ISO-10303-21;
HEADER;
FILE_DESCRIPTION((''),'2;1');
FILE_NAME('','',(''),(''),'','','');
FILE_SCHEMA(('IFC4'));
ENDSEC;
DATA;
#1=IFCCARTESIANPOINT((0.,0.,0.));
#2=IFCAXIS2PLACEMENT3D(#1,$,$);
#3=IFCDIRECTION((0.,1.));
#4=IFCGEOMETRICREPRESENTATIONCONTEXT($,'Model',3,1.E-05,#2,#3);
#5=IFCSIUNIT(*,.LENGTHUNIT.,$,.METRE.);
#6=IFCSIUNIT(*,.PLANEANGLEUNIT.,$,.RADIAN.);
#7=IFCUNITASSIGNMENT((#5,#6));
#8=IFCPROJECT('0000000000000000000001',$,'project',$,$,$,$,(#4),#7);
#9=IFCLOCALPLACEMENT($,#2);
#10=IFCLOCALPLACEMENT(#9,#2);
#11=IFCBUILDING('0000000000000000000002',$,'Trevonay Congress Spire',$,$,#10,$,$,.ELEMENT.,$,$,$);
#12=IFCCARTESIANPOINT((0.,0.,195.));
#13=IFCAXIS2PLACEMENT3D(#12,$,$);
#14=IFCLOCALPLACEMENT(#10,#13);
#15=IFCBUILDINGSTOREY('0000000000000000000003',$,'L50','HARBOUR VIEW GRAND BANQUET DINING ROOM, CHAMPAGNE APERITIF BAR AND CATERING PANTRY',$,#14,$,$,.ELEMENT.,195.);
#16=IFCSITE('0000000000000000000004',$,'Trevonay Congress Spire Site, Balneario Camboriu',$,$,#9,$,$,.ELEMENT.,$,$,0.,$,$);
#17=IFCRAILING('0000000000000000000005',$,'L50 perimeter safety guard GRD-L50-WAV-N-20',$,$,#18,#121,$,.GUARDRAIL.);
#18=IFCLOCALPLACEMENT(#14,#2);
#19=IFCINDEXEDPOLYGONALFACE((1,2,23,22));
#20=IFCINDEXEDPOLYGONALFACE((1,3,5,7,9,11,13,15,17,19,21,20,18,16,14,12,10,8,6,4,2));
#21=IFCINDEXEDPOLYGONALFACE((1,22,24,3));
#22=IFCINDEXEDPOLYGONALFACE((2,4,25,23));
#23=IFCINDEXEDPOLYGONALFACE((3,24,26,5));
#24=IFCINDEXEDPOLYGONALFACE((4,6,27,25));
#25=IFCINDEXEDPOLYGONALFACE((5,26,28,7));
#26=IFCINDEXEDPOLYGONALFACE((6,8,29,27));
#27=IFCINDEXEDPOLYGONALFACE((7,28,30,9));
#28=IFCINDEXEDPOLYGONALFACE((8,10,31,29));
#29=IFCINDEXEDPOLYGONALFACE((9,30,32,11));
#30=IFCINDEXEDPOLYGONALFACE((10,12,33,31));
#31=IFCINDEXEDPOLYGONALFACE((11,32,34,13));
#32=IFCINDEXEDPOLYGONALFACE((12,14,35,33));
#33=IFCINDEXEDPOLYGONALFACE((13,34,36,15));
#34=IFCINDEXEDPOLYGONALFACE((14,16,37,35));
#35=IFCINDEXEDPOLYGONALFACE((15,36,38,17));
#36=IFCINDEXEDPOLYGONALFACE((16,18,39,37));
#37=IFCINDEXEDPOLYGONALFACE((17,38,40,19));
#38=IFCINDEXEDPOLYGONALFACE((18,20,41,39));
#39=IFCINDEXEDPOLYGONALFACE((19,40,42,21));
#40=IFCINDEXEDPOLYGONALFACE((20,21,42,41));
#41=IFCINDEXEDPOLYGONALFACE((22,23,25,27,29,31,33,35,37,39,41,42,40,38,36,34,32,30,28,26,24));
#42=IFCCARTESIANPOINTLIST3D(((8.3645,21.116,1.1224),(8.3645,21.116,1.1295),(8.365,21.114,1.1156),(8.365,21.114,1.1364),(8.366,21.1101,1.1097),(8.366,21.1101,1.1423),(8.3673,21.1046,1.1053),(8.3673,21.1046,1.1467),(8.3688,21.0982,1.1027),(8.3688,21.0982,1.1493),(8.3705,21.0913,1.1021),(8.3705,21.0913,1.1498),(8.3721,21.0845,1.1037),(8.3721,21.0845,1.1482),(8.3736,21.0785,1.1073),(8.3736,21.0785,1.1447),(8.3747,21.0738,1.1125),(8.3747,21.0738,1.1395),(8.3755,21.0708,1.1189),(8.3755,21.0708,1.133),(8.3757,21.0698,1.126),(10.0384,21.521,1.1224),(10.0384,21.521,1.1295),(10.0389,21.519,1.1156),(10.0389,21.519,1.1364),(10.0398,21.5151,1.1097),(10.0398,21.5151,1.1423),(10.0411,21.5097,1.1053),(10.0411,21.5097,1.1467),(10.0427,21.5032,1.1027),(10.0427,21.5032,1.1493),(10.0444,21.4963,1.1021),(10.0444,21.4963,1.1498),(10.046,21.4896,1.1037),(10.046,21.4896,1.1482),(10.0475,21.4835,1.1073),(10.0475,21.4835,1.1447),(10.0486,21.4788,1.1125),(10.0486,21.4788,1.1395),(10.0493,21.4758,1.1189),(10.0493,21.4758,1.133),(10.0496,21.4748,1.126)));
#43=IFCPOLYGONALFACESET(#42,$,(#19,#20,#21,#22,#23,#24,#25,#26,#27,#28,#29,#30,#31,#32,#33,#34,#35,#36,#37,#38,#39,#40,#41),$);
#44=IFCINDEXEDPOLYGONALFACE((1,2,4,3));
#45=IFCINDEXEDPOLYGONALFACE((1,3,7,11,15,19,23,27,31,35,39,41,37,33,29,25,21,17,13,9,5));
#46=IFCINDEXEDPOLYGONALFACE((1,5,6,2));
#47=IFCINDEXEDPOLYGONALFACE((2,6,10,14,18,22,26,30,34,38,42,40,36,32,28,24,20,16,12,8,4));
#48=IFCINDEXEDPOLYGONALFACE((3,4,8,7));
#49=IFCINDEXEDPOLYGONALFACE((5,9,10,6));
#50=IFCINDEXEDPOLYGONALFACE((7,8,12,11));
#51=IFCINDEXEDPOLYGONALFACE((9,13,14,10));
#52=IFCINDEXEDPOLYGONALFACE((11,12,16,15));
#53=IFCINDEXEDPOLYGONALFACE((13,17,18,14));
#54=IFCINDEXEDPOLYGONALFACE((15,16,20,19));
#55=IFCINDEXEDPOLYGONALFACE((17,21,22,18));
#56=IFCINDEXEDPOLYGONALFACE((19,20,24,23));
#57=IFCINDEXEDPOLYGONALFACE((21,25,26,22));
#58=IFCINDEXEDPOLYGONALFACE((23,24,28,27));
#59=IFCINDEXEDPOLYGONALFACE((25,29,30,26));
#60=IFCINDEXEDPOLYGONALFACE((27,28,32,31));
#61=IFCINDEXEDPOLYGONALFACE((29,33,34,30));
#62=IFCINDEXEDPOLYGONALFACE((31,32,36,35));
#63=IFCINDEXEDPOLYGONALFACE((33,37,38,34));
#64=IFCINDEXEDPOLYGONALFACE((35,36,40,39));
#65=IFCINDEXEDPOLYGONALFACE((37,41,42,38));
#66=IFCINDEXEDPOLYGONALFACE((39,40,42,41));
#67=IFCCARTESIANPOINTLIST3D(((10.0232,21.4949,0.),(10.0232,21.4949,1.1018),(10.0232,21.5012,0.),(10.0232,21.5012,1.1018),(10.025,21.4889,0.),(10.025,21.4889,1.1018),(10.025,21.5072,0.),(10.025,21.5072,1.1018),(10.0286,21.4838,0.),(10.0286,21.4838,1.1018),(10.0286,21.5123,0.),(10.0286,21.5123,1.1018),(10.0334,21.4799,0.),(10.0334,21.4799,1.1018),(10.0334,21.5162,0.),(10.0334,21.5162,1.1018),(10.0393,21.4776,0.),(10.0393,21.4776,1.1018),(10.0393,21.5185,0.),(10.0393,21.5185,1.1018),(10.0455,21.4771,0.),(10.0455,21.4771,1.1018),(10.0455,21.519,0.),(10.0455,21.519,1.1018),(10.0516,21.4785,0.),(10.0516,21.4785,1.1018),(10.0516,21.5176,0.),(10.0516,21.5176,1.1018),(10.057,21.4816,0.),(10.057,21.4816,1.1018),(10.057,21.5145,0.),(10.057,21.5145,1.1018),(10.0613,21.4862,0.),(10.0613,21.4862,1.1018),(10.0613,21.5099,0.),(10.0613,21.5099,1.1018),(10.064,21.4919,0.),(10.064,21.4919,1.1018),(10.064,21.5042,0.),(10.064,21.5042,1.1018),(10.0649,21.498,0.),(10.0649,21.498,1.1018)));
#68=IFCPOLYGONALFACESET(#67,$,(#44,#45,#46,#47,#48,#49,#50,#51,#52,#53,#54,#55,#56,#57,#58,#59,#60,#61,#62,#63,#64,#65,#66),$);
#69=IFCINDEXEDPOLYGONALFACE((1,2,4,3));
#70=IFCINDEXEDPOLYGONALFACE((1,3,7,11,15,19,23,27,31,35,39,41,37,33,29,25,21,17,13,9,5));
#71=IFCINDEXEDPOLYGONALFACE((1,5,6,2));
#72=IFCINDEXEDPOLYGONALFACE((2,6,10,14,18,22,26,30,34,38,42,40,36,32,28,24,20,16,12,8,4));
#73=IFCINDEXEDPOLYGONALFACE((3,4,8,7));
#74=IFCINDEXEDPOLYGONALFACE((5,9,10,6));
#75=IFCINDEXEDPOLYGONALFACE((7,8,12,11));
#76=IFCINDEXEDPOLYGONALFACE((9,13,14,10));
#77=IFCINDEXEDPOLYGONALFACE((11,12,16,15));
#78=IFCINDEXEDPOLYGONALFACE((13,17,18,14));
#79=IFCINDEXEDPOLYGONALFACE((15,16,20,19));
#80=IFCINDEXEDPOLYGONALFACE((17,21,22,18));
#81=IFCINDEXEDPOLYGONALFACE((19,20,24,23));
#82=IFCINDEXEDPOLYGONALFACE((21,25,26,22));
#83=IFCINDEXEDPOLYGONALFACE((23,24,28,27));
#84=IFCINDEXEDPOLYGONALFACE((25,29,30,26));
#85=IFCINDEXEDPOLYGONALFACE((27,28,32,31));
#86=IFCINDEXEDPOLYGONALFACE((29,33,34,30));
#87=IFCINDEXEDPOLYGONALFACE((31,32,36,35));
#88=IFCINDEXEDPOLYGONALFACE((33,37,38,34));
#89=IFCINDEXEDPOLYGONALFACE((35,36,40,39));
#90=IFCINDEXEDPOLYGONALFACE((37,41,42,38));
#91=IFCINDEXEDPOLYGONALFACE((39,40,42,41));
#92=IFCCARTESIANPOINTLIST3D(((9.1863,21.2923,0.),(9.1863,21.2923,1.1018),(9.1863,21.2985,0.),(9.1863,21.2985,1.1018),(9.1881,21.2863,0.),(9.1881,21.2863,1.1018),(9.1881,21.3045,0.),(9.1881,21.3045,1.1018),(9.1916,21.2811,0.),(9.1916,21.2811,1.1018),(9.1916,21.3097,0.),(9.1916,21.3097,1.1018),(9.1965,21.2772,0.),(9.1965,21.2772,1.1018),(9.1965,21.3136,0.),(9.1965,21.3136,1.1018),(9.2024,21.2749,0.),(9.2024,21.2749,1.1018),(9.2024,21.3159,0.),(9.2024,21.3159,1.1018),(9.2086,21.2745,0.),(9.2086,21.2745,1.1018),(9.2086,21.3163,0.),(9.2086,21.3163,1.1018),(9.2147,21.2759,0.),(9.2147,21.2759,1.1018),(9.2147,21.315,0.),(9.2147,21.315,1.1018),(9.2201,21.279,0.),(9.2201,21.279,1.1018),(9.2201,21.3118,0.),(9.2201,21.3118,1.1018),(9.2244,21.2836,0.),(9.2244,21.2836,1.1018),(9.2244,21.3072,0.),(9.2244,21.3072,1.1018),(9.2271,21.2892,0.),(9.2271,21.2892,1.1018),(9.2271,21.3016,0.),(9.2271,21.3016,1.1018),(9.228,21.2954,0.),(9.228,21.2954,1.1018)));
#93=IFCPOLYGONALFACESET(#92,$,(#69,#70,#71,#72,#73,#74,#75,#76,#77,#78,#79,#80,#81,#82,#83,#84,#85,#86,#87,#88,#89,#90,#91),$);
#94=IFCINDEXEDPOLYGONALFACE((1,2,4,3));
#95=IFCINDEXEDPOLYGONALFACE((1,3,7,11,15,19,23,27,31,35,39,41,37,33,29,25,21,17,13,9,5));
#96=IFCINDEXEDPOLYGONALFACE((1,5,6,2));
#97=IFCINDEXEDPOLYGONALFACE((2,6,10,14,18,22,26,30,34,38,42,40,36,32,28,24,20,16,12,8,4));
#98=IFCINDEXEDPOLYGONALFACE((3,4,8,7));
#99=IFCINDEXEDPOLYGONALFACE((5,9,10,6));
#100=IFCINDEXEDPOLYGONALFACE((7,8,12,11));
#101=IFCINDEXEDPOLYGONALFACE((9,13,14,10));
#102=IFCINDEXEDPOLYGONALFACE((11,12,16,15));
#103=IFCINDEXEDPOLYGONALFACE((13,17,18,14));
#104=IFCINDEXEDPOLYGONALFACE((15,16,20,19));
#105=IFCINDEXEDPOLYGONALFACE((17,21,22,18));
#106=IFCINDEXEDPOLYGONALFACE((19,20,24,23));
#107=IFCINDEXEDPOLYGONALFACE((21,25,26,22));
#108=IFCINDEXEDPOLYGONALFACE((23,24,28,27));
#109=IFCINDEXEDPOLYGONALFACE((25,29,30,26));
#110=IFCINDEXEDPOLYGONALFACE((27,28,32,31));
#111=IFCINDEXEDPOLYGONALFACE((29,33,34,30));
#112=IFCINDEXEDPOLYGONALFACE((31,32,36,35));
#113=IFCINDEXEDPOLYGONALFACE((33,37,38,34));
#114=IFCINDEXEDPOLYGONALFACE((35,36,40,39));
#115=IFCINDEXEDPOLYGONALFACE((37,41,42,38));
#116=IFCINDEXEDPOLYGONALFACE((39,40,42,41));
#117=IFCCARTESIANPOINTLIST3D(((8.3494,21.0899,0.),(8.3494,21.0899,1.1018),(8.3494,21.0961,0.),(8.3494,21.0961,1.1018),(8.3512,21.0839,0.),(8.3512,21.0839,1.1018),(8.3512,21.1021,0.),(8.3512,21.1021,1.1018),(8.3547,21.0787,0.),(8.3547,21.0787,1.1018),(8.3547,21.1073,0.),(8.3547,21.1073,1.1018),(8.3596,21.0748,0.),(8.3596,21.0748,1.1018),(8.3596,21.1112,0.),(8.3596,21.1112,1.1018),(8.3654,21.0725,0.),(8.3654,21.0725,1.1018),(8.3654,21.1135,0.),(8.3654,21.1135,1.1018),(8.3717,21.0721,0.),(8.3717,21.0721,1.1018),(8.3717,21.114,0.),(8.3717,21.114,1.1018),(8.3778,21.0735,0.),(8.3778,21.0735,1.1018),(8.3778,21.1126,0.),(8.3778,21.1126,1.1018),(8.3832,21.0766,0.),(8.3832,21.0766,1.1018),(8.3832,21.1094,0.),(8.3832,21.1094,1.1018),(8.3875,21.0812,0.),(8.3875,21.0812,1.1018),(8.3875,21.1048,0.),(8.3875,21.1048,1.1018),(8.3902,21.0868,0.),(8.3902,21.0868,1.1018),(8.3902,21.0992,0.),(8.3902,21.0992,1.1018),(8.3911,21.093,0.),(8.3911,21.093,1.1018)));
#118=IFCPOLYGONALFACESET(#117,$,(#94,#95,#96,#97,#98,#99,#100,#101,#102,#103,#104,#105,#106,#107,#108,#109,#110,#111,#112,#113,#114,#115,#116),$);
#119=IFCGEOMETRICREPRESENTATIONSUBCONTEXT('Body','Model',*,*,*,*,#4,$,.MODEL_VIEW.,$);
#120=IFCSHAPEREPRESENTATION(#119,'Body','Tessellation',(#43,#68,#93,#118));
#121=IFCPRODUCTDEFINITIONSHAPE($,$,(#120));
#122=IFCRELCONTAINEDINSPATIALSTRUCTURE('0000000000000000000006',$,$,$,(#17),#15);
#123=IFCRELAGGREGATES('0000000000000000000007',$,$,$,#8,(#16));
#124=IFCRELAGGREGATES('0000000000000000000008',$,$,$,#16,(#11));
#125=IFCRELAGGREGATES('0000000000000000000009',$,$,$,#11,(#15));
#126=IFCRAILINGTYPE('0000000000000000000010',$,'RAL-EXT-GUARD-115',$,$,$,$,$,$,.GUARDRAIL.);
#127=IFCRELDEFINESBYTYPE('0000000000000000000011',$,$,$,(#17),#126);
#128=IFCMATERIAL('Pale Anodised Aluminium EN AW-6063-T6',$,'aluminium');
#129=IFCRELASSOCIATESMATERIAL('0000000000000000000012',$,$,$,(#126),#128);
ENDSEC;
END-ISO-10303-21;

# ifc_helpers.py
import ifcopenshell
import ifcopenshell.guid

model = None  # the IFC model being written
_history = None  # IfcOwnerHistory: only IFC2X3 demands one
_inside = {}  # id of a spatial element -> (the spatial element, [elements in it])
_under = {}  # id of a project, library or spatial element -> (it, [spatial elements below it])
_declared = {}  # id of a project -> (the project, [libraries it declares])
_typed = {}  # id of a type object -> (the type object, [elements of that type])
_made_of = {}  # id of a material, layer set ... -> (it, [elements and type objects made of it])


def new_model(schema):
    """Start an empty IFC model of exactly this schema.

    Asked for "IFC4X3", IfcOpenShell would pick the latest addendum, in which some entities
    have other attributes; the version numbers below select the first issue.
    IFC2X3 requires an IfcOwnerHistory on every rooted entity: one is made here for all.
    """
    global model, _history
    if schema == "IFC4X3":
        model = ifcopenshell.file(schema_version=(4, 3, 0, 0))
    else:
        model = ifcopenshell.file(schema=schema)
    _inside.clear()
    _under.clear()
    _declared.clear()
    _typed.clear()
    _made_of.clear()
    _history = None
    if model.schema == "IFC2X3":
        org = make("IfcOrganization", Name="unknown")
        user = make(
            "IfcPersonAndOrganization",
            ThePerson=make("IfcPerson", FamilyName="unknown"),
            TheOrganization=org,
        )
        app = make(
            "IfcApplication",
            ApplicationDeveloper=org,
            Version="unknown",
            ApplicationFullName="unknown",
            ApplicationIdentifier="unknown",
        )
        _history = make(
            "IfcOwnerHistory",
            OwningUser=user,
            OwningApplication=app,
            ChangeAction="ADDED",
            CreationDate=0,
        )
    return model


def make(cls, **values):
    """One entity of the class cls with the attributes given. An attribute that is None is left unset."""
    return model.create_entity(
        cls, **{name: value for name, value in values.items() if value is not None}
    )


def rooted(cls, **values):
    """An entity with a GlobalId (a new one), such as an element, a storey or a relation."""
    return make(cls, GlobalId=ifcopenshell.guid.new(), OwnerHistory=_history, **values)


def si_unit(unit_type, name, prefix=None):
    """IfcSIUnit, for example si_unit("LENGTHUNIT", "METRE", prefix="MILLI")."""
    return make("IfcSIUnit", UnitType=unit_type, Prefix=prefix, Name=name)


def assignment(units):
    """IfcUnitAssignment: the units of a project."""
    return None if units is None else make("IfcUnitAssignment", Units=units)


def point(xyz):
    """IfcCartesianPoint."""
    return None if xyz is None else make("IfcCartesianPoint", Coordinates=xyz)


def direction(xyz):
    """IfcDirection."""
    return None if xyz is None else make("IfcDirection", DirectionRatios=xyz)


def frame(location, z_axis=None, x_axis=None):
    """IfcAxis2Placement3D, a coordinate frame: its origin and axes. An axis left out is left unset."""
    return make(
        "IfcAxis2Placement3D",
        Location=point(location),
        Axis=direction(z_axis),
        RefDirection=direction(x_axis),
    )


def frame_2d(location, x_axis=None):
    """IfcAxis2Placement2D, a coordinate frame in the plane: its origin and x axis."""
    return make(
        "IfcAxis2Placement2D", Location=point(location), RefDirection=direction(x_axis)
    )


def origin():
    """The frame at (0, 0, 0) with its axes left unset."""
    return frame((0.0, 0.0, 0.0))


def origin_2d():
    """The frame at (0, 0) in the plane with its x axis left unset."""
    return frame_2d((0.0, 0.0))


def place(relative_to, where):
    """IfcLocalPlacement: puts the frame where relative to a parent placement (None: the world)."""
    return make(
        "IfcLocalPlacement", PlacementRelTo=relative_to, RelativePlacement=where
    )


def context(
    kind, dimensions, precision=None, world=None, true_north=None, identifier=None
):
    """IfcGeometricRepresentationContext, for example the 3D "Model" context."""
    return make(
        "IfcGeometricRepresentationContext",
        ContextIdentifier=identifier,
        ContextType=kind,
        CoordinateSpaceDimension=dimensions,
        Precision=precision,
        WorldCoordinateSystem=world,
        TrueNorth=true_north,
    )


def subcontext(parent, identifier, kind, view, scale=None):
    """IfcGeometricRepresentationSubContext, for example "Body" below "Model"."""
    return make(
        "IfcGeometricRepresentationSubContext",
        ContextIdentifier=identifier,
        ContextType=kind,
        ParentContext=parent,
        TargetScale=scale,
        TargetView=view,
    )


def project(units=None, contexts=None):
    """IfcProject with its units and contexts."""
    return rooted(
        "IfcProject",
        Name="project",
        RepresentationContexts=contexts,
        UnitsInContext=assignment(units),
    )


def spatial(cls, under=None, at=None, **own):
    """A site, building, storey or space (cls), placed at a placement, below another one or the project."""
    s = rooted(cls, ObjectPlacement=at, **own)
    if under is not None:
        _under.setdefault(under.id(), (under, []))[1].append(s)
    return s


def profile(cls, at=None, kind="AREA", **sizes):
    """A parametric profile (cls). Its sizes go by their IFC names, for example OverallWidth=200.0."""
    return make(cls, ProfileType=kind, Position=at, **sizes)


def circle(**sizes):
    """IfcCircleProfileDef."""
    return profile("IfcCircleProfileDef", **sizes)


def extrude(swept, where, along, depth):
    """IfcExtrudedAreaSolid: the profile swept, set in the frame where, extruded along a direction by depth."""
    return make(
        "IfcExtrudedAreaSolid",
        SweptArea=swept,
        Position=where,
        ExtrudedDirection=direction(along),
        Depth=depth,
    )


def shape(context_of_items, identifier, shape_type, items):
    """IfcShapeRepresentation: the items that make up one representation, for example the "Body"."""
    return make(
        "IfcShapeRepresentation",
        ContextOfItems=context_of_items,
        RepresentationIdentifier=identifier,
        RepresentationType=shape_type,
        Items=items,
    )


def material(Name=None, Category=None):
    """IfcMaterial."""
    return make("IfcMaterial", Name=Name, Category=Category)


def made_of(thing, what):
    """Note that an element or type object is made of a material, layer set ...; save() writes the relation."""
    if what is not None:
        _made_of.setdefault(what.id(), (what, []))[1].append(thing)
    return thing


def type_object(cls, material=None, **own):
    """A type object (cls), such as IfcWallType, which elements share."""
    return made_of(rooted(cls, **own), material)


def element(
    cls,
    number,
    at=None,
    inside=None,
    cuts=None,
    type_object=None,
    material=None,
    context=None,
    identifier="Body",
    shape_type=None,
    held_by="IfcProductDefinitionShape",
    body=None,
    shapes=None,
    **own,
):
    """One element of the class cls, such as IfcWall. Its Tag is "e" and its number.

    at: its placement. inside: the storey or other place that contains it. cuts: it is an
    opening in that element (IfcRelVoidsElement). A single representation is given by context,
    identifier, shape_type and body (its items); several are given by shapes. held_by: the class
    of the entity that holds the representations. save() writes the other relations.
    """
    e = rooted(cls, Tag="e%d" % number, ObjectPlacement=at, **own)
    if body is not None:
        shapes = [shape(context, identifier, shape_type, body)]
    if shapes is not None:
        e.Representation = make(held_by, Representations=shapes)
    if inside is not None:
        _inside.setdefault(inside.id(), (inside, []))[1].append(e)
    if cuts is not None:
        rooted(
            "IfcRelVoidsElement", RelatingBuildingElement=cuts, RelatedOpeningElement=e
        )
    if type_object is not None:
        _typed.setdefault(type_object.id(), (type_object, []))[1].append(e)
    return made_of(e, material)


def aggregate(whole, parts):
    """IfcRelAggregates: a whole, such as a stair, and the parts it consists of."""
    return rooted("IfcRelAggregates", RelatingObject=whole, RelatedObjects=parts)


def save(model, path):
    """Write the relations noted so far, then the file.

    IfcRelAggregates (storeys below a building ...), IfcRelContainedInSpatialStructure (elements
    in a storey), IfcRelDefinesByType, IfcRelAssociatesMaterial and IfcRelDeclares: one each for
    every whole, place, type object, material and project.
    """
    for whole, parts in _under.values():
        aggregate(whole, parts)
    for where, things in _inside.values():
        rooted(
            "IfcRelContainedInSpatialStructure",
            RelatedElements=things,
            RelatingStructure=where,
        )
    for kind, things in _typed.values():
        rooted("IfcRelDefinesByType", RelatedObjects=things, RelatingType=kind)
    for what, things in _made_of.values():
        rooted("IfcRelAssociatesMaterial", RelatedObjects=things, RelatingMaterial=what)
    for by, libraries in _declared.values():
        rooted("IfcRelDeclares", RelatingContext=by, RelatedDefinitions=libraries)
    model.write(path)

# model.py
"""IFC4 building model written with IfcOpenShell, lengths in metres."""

from ifc_helpers import new_model, si_unit, direction, frame, origin, origin_2d, place, context, subcontext, project, spatial, circle, extrude, material, type_object, element, save


model = new_model("IFC4")

# Units and contexts
model_context = context("Model", 3, precision=1e-05, world=origin(), true_north=direction((0.0, 1.0)))
body_context = subcontext(model_context, "Body", "Model", "MODEL_VIEW")
ifc_project = project(units=[si_unit("LENGTHUNIT", "METRE"), si_unit("PLANEANGLEUNIT", "RADIAN")], contexts=[model_context])

# Site, building, storey
site_placement = place(None, origin())
site = spatial("IfcSite", under=ifc_project, at=site_placement, Name="Trevonay Congress Spire Site, Balneario Camboriu", CompositionType="ELEMENT", RefElevation=0.0)
building_placement = place(site_placement, origin())
building = spatial("IfcBuilding", under=site, at=building_placement, Name="Trevonay Congress Spire", CompositionType="ELEMENT")
storey_placement = place(building_placement, frame((0.0, 0.0, 195.0)))
storey = spatial("IfcBuildingStorey", under=building, at=storey_placement, Name="L50", Description="HARBOUR VIEW GRAND BANQUET DINING ROOM, CHAMPAGNE APERITIF BAR AND CATERING PANTRY", CompositionType="ELEMENT", Elevation=195.0)

# Shared definitions
ifc_material_1 = material(Name="Pale Anodised Aluminium EN AW-6063-T6", Category="aluminium")

# Railing
railing_type = type_object("IfcRailingType", Name="RAL-EXT-GUARD-115", PredefinedType="GUARDRAIL", material=ifc_material_1)
railing_1_placement = place(storey_placement, frame((10.0439, 21.498, 0.0)))
element("IfcRailing", 1, at=railing_1_placement, inside=storey, type_object=railing_type, Name="L50 perimeter safety guard GRD-L50-WAV-N-20", PredefinedType="GUARDRAIL", context=body_context, shape_type="SweptSolid", body=[
    extrude(circle(Radius=0.0239, at=origin_2d()), frame((0.0, 0.0, 1.126), z_axis=(-0.971949, -0.23519, 0.0), x_axis=(0.23519, -0.971949, 0.0)), (0.0, 0.0, 1.0), 1.7222),
    extrude(circle(Radius=0.021, at=origin_2d()), origin(), (0.0, 0.0, 1.0), 1.1018),
    extrude(circle(Radius=0.021, at=origin_2d()), frame((-0.8369, -0.2026, 0.0)), (0.0, 0.0, 1.0), 1.1018),
    extrude(circle(Radius=0.021, at=origin_2d()), frame((-1.6738, -0.405, 0.0)), (0.0, 0.0, 1.0), 1.1018),
])

save(model, "model.ifc")
